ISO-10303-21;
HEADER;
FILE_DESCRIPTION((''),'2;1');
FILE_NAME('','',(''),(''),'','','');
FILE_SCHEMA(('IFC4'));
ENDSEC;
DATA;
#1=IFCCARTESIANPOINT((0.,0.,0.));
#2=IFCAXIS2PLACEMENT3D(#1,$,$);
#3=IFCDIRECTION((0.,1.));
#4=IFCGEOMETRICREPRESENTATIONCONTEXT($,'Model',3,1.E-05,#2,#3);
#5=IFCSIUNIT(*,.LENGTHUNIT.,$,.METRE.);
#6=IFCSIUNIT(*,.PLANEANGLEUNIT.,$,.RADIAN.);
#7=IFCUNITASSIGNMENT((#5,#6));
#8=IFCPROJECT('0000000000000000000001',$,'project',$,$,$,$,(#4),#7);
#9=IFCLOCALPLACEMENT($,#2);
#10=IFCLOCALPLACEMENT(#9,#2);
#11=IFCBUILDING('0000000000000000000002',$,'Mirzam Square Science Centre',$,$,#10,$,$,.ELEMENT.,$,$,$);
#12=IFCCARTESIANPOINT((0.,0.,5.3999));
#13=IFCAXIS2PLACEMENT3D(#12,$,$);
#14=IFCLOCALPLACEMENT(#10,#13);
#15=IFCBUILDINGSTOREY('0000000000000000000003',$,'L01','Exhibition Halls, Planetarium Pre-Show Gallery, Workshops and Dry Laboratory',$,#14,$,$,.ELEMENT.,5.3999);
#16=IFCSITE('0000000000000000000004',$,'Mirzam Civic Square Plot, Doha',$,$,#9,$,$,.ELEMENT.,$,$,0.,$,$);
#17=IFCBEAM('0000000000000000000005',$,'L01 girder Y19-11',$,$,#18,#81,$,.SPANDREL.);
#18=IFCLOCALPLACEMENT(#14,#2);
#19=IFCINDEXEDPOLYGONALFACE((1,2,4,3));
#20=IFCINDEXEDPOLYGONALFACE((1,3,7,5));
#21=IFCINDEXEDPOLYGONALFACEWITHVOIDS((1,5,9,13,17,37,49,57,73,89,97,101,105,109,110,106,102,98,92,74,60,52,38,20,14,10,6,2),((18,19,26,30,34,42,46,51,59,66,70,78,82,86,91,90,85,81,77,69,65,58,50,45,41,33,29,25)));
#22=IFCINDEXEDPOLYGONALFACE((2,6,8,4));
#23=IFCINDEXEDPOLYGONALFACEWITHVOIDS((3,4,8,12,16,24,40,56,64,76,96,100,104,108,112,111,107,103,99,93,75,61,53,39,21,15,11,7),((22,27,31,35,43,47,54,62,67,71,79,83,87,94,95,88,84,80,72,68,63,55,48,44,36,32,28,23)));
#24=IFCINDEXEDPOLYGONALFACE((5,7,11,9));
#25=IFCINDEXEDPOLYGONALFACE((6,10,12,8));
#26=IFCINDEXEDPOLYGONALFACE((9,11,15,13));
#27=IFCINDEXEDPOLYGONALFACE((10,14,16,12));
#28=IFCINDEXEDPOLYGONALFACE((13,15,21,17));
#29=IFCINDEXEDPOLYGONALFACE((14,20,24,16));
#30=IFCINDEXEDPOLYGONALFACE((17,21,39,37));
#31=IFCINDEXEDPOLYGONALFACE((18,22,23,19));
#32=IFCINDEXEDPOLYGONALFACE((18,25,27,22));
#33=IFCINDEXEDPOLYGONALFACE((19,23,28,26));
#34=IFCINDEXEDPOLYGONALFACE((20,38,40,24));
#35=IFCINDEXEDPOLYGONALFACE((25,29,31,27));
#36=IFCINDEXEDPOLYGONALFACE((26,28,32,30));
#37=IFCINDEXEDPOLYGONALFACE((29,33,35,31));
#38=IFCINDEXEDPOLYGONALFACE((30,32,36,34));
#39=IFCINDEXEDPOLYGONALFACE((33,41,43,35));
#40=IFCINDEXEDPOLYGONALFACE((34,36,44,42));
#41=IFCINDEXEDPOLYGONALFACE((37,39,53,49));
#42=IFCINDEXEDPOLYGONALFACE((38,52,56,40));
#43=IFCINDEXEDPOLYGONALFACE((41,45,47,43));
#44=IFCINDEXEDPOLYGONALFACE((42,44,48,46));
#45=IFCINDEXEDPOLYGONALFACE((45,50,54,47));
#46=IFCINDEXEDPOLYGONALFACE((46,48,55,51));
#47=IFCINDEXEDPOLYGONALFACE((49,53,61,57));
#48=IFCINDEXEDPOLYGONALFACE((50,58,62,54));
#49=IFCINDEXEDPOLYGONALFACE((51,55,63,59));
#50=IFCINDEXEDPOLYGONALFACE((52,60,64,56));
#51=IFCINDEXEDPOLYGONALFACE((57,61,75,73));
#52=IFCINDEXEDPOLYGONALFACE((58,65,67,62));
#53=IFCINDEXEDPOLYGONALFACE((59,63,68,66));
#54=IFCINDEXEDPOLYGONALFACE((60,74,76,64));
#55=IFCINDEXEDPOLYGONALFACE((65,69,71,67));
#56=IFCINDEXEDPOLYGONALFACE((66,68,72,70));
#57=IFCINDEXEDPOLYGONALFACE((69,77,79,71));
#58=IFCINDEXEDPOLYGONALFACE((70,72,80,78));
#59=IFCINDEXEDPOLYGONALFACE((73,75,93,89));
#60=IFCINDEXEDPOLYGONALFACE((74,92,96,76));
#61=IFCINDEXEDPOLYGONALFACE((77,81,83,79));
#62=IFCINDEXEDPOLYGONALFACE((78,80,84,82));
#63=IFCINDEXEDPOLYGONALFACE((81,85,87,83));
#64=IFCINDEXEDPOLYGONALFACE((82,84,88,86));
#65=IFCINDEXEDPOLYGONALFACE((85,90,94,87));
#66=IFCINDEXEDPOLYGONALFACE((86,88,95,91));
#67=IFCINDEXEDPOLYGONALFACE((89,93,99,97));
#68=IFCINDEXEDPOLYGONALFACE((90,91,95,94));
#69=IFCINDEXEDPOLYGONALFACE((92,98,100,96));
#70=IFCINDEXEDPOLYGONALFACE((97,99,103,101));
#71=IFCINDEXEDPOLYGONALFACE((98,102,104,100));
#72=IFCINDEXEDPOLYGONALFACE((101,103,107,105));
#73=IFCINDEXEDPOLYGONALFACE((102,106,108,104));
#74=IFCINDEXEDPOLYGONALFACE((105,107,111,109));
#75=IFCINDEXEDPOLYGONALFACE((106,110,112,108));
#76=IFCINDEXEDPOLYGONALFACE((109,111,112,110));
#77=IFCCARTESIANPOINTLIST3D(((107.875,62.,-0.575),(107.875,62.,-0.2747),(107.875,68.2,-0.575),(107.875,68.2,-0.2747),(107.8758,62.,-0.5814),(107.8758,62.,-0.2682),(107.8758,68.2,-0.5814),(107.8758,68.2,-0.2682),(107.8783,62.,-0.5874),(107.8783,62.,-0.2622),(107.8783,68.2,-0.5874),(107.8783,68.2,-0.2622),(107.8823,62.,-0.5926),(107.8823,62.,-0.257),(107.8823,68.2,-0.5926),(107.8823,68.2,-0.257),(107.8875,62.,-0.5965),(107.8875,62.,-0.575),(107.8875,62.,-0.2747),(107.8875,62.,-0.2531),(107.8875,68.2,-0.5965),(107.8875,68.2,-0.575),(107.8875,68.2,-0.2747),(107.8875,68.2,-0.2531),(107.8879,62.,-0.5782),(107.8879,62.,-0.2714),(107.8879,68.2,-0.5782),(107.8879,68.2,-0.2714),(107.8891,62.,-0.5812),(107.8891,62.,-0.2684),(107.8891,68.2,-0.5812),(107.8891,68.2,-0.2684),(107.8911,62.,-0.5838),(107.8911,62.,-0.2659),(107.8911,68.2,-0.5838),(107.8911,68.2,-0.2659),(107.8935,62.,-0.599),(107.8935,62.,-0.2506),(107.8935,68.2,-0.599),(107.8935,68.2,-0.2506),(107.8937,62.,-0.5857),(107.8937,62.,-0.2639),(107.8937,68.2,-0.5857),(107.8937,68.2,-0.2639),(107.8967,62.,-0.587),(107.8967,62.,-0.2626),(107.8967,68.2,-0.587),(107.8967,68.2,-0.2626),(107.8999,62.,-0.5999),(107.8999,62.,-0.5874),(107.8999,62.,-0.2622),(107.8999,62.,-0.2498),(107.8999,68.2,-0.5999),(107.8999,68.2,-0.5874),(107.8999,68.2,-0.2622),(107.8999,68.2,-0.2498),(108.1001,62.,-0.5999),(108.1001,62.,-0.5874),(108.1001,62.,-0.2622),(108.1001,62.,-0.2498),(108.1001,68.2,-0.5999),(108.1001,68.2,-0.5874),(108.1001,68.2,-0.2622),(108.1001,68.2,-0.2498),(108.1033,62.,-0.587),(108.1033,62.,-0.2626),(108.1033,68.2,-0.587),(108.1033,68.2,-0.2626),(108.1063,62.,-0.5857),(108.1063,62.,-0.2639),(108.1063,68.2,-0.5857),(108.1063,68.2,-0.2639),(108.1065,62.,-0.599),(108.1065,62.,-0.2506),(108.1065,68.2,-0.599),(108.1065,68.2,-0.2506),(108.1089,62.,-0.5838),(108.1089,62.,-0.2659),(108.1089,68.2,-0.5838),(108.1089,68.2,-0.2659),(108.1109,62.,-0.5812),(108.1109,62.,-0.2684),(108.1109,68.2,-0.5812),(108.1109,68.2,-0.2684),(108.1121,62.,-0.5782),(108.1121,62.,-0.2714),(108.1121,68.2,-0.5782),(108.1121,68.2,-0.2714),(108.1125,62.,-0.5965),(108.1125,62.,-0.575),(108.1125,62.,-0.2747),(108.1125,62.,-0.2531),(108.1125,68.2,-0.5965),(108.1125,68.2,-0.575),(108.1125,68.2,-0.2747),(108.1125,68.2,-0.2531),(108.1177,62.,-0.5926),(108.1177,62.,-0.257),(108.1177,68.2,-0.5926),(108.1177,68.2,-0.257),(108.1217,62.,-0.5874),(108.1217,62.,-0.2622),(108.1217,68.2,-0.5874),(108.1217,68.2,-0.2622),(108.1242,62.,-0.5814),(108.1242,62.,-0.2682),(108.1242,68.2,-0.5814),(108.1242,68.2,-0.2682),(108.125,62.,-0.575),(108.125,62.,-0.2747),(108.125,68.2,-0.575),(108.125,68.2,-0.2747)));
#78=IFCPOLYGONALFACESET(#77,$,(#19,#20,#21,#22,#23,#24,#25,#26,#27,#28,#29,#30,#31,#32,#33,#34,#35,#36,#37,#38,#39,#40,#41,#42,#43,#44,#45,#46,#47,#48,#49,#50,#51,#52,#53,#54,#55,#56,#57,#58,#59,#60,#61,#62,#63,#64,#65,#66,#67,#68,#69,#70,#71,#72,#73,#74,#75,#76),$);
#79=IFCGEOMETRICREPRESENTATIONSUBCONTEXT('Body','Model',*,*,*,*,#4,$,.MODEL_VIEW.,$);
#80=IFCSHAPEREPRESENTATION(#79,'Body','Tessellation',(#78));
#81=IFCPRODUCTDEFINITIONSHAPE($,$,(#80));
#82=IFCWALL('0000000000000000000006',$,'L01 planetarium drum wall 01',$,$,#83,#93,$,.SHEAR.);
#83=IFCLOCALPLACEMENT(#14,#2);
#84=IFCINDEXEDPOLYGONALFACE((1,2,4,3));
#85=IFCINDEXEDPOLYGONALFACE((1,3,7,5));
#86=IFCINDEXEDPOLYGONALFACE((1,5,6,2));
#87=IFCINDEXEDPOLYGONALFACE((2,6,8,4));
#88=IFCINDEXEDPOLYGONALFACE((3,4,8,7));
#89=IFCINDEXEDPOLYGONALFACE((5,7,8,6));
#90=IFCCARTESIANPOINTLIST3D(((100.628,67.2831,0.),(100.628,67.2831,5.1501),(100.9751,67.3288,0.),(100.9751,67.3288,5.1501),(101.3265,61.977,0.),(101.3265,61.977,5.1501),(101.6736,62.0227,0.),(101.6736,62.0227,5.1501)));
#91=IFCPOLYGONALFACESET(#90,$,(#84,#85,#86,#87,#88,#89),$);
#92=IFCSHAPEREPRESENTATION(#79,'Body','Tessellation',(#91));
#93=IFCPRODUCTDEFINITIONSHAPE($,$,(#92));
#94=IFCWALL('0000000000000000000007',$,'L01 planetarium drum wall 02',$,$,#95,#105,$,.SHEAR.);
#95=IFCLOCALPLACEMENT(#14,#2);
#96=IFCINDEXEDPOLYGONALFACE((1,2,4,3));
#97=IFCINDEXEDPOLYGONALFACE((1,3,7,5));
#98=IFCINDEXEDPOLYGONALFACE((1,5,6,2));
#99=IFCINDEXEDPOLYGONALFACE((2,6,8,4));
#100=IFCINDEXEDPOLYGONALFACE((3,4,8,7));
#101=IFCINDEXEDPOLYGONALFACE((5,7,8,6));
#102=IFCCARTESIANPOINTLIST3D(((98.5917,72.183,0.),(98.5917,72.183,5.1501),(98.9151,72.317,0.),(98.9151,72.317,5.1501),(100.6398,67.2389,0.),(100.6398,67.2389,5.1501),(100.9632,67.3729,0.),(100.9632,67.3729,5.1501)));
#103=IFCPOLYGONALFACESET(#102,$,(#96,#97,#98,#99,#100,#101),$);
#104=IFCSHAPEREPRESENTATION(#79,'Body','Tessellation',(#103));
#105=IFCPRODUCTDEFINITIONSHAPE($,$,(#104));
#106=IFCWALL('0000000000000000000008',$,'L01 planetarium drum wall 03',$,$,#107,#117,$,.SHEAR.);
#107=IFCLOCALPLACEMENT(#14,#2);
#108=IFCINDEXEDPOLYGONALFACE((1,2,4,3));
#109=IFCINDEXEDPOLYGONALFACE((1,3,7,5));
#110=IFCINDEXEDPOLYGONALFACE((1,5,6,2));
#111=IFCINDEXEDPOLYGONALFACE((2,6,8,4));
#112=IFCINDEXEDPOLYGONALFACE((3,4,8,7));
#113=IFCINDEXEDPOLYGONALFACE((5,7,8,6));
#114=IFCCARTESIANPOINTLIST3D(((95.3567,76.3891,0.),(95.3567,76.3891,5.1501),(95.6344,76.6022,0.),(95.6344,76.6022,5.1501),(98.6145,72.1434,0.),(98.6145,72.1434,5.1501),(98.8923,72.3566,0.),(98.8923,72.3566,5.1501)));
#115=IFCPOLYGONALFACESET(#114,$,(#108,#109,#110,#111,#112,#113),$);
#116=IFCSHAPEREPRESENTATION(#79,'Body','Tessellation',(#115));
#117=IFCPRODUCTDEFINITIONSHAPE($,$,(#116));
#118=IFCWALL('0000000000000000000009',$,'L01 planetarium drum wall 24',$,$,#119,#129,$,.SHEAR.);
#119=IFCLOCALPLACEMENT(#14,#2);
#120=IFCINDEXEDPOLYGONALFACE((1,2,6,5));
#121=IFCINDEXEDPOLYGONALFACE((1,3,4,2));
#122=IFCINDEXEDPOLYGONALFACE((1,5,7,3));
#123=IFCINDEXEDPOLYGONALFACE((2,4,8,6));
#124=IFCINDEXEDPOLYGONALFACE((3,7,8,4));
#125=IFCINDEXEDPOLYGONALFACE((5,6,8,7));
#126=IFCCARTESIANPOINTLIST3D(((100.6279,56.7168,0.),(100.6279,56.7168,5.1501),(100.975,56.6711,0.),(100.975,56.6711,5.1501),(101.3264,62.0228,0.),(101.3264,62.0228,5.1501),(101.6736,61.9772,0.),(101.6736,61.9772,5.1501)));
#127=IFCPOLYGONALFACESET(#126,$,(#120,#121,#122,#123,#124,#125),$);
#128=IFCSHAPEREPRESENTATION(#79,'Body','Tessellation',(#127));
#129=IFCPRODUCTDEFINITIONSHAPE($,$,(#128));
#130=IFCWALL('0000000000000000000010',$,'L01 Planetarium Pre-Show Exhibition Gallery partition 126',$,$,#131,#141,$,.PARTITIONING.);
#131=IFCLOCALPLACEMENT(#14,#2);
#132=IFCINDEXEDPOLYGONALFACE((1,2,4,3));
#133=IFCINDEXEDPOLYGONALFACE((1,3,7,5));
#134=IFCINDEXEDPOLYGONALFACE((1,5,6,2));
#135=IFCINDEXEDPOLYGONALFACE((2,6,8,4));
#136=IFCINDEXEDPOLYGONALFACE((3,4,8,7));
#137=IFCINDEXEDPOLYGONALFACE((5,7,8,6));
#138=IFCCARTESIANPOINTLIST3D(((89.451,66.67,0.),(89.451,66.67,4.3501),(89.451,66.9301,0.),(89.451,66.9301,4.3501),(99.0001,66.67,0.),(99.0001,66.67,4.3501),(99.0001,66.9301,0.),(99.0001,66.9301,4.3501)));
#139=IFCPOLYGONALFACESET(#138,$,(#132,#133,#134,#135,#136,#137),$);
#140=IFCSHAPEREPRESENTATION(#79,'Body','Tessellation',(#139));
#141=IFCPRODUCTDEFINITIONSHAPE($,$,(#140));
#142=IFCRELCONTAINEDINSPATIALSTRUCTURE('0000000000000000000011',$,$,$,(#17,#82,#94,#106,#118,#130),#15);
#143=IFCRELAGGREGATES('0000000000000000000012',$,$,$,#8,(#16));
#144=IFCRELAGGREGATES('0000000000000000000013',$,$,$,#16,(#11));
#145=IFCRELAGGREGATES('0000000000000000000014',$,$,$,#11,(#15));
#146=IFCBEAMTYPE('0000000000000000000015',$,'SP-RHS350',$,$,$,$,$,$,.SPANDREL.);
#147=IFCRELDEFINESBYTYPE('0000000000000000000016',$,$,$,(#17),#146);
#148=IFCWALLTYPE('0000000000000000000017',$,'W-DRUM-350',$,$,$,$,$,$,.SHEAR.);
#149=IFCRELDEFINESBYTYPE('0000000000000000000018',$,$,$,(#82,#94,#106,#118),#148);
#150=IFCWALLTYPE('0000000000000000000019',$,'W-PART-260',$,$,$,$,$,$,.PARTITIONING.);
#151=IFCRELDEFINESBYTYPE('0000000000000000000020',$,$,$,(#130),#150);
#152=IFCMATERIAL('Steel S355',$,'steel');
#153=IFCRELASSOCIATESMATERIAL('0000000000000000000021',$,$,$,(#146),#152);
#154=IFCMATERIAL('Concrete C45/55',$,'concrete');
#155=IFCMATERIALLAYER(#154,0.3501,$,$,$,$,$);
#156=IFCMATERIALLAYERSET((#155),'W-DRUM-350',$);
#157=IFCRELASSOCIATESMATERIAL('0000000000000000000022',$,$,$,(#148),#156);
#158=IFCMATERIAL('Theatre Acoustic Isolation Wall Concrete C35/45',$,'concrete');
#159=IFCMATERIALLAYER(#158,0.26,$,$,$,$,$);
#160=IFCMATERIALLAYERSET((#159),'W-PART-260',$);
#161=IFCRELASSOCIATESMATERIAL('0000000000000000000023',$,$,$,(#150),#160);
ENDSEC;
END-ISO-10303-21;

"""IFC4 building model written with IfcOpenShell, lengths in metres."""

from ifc_helpers import new_model, si_unit, direction, frame, frame_2d, origin, origin_2d, place, context, subcontext, project, spatial, rectangle, hollow_rectangle, extrude, material, layer, layer_set, material_profile, profile_set, type_object, element, save


model = new_model("IFC4")

# Units and contexts
model_context = context("Model", 3, precision=1e-05, world=origin(), true_north=direction((0.0, 1.0)))
body_context = subcontext(model_context, "Body", "Model", "MODEL_VIEW")
ifc_project = project(units=[si_unit("LENGTHUNIT", "METRE"), si_unit("PLANEANGLEUNIT", "RADIAN")], contexts=[model_context])

# Site, building, storey
site_placement = place(None, origin())
site = spatial("IfcSite", under=ifc_project, at=site_placement, Name="Mirzam Civic Square Plot, Doha", CompositionType="ELEMENT", RefElevation=0.0)
building_placement = place(site_placement, origin())
building = spatial("IfcBuilding", under=site, at=building_placement, Name="Mirzam Square Science Centre", CompositionType="ELEMENT")
storey_placement = place(building_placement, frame((0.0, 0.0, 5.3999)))
storey = spatial("IfcBuildingStorey", under=building, at=storey_placement, Name="L01", Description="Exhibition Halls, Planetarium Pre-Show Gallery, Workshops and Dry Laboratory", CompositionType="ELEMENT", Elevation=5.3999)

# Shared definitions
ifc_material_1 = material(Name="Steel S355", Category="steel")
ifc_material_2 = material(Name="Concrete C45/55", Category="concrete")

# Beam
ifc_material_profile_1 = material_profile(ifc_material_1, hollow_rectangle(XDim=0.25, YDim=0.3501, WallThickness=0.0125, InnerFilletRadius=0.0125, OuterFilletRadius=0.0249, at=origin_2d()), Name="350x250x12.5RHS")
ifc_profile_set_1 = profile_set([ifc_material_profile_1], Name="Steel S355")
beam_type_1 = type_object("IfcBeamType", Name="SP-RHS350", PredefinedType="SPANDREL", material=ifc_profile_set_1)
for number, where, z_axis, x_axis, name in (
    (1, (108.0, 62.0, -0.4248), (0.0, 1.0, 0.0), (-1.0, 0.0, 0.0), "L01 girder Y19-11"),
):
    element("IfcBeam", number, at=place(storey_placement, frame(where, z_axis=z_axis, x_axis=x_axis)), inside=storey, type_object=beam_type_1, Name=name, PredefinedType="SPANDREL", context=body_context, shape_type="SweptSolid", body=[
        extrude(hollow_rectangle(XDim=0.25, YDim=0.3501, WallThickness=0.0125, InnerFilletRadius=0.0125, OuterFilletRadius=0.0249, at=origin_2d()), origin(), (0.0, 0.0, 1.0), 6.2),
    ])

# Walls
ifc_layer_1 = layer(ifc_material_2, 0.3501)
ifc_layer_set_1 = layer_set([ifc_layer_1], Name="W-DRUM-350")
wall_type_1 = type_object("IfcWallType", Name="W-DRUM-350", PredefinedType="SHEAR", material=ifc_layer_set_1)
wall_1_placement = place(storey_placement, frame((101.5, 62.0, 0.0), z_axis=(0.0, 0.0, 1.0), x_axis=(-0.130517, 0.991446, 0.0)))
element("IfcWall", 2, at=wall_1_placement, inside=storey, type_object=wall_type_1, Name="L01 planetarium drum wall 01", PredefinedType="SHEAR", context=body_context, shape_type="SweptSolid", body=[
    extrude(rectangle(XDim=5.3518, YDim=0.3501, at=frame_2d((2.6758, 0.0))), origin(), (0.0, 0.0, 1.0), 5.1501),
])
for number, where, z_axis, x_axis, name in (
    (3, (100.8015, 67.3059, 0.0), (0.0, 0.0, 1.0), (-0.382713, 0.923867, 0.0), "L01 planetarium drum wall 02"),
    (4, (98.7534, 72.25, 0.0), (0.0, 0.0, 1.0), (-0.608767, 0.793349, 0.0), "L01 planetarium drum wall 03"),
):
    element("IfcWall", number, at=place(storey_placement, frame(where, z_axis=z_axis, x_axis=x_axis)), inside=storey, type_object=wall_type_1, Name=name, PredefinedType="SHEAR", context=body_context, shape_type="SweptSolid", body=[
        extrude(rectangle(XDim=5.3516, YDim=0.3501, at=frame_2d((2.6758, 0.0))), origin(), (0.0, 0.0, 1.0), 5.1501),
    ])
wall_2_placement = place(storey_placement, frame((100.8015, 56.6941, 0.0), z_axis=(0.0, 0.0, 1.0), x_axis=(0.130517, 0.991446, 0.0)))
element("IfcWall", 5, at=wall_2_placement, inside=storey, type_object=wall_type_1, Name="L01 planetarium drum wall 24", PredefinedType="SHEAR", context=body_context, shape_type="SweptSolid", body=[
    extrude(rectangle(XDim=5.3518, YDim=0.3501, at=frame_2d((2.6758, 0.0))), origin(), (0.0, 0.0, 1.0), 5.1501),
])
ifc_material_3 = material(Name="Theatre Acoustic Isolation Wall Concrete C35/45", Category="concrete")
ifc_layer_2 = layer(ifc_material_3, 0.26)
ifc_layer_set_2 = layer_set([ifc_layer_2], Name="W-PART-260")
wall_type_2 = type_object("IfcWallType", Name="W-PART-260", PredefinedType="PARTITIONING", material=ifc_layer_set_2)
wall_3_placement = place(storey_placement, frame((99.0, 66.8, 0.0), z_axis=(0.0, 0.0, 1.0), x_axis=(-1.0, 0.0, 0.0)))
element("IfcWall", 6, at=wall_3_placement, inside=storey, type_object=wall_type_2, Name="L01 Planetarium Pre-Show Exhibition Gallery partition 126", PredefinedType="PARTITIONING", context=body_context, shape_type="SweptSolid", body=[
    extrude(rectangle(XDim=9.5491, YDim=0.26, at=frame_2d((4.7744, 0.0))), origin(), (0.0, 0.0, 1.0), 4.3501),
])

save(model, "model.ifc")
